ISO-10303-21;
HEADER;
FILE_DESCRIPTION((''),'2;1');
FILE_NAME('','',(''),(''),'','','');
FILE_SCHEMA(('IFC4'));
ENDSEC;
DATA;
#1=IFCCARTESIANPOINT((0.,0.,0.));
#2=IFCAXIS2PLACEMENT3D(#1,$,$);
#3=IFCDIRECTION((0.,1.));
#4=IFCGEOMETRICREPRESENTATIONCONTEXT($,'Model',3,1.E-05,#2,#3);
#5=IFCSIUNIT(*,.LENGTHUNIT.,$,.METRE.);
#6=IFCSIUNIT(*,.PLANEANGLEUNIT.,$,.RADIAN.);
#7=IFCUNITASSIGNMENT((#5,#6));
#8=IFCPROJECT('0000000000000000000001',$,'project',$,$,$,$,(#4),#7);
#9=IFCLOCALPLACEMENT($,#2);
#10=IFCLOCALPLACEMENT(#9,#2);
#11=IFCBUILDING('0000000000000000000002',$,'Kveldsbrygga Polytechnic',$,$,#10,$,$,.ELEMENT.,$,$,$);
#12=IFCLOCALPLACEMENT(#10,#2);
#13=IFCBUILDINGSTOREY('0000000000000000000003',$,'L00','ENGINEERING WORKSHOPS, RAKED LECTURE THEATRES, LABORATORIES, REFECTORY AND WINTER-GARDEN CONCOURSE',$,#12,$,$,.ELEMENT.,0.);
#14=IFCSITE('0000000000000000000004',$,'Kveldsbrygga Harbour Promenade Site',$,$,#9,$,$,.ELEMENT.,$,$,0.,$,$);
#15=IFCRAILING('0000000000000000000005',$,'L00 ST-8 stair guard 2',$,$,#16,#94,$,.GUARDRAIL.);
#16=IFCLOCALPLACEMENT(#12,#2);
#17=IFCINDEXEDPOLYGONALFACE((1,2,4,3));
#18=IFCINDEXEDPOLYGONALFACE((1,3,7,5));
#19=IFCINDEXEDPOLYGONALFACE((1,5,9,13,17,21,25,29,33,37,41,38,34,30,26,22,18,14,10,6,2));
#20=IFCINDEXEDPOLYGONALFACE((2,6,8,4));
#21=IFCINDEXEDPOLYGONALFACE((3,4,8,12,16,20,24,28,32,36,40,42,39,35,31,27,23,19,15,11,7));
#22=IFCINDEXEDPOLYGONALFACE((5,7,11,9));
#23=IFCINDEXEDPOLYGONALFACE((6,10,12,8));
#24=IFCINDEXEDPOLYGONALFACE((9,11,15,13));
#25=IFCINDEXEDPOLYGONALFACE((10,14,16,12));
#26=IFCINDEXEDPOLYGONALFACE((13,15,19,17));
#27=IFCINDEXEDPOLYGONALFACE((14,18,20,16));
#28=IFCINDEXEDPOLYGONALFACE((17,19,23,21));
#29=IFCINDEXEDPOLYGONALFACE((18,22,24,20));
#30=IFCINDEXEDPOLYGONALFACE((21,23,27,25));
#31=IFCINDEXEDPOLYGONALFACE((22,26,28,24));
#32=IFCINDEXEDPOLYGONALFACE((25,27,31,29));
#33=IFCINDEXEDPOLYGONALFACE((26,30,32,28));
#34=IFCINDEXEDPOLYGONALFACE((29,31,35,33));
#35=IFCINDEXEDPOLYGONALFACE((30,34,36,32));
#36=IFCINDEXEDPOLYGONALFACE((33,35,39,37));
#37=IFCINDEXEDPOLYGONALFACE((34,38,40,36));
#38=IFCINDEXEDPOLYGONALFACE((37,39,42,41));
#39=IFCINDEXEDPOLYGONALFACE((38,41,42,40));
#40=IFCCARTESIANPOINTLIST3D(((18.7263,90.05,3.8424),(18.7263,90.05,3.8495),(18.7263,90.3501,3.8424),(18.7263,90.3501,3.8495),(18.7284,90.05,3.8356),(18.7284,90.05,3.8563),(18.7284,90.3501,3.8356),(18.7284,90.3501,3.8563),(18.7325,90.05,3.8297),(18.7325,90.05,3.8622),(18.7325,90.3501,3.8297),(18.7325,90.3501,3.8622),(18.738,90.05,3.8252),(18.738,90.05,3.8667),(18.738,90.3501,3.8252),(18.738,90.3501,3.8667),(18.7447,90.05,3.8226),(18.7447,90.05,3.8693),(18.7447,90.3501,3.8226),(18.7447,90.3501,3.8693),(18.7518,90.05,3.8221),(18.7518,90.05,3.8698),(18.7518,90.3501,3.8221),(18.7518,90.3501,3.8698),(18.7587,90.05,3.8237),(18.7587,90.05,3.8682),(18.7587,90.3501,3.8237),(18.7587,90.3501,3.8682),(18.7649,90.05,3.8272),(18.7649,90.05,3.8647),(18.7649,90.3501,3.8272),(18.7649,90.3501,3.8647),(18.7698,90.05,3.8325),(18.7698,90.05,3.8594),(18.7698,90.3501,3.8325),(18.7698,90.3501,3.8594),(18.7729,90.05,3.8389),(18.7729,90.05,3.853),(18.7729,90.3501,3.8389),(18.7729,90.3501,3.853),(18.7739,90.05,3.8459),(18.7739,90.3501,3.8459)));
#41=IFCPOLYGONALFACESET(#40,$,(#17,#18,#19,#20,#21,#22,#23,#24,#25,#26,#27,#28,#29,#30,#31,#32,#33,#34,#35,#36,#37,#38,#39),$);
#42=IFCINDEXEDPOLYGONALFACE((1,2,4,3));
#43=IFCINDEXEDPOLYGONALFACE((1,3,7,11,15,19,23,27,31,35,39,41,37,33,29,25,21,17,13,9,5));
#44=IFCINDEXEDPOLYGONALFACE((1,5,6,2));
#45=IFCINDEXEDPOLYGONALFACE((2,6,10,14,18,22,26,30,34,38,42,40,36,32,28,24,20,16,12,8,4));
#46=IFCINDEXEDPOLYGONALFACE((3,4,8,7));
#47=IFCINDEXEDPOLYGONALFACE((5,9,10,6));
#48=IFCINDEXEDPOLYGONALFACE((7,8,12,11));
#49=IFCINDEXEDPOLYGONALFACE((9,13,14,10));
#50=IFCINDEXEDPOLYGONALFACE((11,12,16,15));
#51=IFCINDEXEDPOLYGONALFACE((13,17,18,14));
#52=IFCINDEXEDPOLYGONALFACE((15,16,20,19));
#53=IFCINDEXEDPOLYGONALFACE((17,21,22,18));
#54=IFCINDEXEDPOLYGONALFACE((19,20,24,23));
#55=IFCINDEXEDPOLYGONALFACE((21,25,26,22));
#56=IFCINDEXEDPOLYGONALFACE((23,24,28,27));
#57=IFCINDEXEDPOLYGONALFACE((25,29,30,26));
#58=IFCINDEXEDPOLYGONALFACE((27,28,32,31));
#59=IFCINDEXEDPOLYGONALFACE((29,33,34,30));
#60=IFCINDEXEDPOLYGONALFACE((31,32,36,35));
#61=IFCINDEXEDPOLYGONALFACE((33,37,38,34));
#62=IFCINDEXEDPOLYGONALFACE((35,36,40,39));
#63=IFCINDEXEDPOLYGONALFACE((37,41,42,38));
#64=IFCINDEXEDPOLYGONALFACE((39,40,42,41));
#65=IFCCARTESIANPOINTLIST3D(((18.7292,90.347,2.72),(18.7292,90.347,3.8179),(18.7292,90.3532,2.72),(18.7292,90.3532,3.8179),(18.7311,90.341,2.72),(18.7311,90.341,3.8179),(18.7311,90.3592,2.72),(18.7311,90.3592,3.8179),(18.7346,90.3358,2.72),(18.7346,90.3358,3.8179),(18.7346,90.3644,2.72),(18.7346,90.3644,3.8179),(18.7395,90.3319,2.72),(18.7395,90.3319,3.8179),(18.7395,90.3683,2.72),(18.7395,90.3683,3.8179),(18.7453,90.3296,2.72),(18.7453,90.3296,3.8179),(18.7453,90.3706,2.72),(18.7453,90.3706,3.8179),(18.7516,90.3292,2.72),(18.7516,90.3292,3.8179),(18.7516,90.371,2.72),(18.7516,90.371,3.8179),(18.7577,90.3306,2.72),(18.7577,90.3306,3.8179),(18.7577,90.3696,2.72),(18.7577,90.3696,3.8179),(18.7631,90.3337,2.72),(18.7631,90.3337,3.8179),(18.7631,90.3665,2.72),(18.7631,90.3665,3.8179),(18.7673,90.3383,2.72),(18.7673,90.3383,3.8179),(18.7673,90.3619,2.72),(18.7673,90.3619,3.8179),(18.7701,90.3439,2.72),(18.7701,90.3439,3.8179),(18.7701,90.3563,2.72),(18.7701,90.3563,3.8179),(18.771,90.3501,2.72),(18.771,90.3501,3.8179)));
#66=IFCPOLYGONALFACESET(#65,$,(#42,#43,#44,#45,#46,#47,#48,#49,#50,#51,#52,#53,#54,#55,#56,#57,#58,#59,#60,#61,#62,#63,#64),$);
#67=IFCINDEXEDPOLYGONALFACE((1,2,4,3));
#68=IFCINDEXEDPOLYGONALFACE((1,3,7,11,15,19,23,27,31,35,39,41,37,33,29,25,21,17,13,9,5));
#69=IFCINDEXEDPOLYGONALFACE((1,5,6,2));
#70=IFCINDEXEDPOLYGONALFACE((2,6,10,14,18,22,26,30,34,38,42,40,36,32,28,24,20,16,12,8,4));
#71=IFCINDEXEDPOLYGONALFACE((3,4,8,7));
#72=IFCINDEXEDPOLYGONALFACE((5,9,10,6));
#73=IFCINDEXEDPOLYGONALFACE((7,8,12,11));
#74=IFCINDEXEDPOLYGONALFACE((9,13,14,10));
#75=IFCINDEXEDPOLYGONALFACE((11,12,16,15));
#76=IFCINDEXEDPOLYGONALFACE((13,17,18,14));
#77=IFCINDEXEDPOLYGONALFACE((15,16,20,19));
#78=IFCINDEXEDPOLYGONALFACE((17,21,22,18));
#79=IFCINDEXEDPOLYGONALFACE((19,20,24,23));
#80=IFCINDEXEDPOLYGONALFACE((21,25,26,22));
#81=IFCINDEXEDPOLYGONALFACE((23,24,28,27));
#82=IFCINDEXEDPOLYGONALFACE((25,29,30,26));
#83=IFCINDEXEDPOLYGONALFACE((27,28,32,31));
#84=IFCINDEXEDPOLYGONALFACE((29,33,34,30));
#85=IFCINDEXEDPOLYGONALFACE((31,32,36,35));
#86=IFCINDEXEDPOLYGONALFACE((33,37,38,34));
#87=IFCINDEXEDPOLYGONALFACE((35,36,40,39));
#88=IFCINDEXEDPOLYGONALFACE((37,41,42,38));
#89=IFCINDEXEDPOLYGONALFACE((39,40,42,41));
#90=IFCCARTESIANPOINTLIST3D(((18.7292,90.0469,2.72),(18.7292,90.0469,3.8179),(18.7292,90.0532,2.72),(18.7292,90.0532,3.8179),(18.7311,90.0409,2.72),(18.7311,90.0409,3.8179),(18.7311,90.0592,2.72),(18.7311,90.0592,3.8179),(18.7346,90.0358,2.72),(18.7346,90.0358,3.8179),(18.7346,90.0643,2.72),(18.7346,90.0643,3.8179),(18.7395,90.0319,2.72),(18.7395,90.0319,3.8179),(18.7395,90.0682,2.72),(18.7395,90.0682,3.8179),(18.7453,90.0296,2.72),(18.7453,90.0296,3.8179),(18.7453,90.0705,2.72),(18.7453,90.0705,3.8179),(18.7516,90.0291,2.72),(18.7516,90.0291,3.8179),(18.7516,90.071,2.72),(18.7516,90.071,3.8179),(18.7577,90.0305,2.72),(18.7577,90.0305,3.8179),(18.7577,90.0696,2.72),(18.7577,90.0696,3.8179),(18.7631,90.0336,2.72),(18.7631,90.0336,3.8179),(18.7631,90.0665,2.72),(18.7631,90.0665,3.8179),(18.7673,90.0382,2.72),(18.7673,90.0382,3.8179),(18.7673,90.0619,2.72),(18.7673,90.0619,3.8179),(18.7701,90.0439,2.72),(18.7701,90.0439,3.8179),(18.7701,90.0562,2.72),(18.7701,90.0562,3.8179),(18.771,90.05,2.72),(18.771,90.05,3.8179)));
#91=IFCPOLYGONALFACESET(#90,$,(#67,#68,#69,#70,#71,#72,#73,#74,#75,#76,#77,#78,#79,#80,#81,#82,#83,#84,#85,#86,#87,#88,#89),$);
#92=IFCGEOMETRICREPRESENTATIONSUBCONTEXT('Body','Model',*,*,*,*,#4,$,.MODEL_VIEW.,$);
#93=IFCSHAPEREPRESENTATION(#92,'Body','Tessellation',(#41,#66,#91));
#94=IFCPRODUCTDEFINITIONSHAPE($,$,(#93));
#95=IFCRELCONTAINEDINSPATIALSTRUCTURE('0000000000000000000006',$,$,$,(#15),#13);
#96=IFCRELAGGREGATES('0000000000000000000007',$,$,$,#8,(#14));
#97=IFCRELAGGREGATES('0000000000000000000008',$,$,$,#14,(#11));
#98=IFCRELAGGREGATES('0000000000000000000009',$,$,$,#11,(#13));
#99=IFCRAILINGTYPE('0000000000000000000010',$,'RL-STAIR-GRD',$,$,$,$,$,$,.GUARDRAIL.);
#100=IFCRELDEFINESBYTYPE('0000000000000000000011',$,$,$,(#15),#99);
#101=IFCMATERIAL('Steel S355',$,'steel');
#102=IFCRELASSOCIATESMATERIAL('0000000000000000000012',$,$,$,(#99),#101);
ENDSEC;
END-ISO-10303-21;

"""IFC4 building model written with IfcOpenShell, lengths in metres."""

from ifc_helpers import new_model, si_unit, direction, frame, origin, origin_2d, place, context, subcontext, project, spatial, circle, extrude, material, type_object, element, save


model = new_model("IFC4")

# Units and contexts
model_context = context("Model", 3, precision=1e-05, world=origin(), true_north=direction((0.0, 1.0)))
body_context = subcontext(model_context, "Body", "Model", "MODEL_VIEW")
ifc_project = project(units=[si_unit("LENGTHUNIT", "METRE"), si_unit("PLANEANGLEUNIT", "RADIAN")], contexts=[model_context])

# Site, building, storey
site_placement = place(None, origin())
site = spatial("IfcSite", under=ifc_project, at=site_placement, Name="Kveldsbrygga Harbour Promenade Site", CompositionType="ELEMENT", RefElevation=0.0)
building_placement = place(site_placement, origin())
building = spatial("IfcBuilding", under=site, at=building_placement, Name="Kveldsbrygga Polytechnic", CompositionType="ELEMENT")
storey_placement = place(building_placement, origin())
storey = spatial("IfcBuildingStorey", under=building, at=storey_placement, Name="L00", Description="ENGINEERING WORKSHOPS, RAKED LECTURE THEATRES, LABORATORIES, REFECTORY AND WINTER-GARDEN CONCOURSE", CompositionType="ELEMENT", Elevation=0.0)

# Shared definitions
ifc_material_1 = material(Name="Steel S355", Category="steel")

# Railing
railing_type_1 = type_object("IfcRailingType", Name="RL-STAIR-GRD", PredefinedType="GUARDRAIL", material=ifc_material_1)
railing_1_placement = place(storey_placement, frame((18.75, 90.3501, 2.72)))
element("IfcRailing", 1, at=railing_1_placement, inside=storey, type_object=railing_type_1, Name="L00 ST-8 stair guard 2", PredefinedType="GUARDRAIL", context=body_context, shape_type="SweptSolid", body=[
    extrude(circle(Radius=0.0239, at=origin_2d()), frame((0.0, 0.0, 1.126), z_axis=(0.0, -1.0, 0.0), x_axis=(1.0, 0.0, 0.0)), (0.0, 0.0, 1.0), 0.3),
    extrude(circle(Radius=0.021, at=origin_2d()), origin(), (0.0, 0.0, 1.0), 1.0979),
    extrude(circle(Radius=0.021, at=origin_2d()), frame((0.0, -0.3, 0.0)), (0.0, 0.0, 1.0), 1.0979),
])

save(model, "model.ifc")
